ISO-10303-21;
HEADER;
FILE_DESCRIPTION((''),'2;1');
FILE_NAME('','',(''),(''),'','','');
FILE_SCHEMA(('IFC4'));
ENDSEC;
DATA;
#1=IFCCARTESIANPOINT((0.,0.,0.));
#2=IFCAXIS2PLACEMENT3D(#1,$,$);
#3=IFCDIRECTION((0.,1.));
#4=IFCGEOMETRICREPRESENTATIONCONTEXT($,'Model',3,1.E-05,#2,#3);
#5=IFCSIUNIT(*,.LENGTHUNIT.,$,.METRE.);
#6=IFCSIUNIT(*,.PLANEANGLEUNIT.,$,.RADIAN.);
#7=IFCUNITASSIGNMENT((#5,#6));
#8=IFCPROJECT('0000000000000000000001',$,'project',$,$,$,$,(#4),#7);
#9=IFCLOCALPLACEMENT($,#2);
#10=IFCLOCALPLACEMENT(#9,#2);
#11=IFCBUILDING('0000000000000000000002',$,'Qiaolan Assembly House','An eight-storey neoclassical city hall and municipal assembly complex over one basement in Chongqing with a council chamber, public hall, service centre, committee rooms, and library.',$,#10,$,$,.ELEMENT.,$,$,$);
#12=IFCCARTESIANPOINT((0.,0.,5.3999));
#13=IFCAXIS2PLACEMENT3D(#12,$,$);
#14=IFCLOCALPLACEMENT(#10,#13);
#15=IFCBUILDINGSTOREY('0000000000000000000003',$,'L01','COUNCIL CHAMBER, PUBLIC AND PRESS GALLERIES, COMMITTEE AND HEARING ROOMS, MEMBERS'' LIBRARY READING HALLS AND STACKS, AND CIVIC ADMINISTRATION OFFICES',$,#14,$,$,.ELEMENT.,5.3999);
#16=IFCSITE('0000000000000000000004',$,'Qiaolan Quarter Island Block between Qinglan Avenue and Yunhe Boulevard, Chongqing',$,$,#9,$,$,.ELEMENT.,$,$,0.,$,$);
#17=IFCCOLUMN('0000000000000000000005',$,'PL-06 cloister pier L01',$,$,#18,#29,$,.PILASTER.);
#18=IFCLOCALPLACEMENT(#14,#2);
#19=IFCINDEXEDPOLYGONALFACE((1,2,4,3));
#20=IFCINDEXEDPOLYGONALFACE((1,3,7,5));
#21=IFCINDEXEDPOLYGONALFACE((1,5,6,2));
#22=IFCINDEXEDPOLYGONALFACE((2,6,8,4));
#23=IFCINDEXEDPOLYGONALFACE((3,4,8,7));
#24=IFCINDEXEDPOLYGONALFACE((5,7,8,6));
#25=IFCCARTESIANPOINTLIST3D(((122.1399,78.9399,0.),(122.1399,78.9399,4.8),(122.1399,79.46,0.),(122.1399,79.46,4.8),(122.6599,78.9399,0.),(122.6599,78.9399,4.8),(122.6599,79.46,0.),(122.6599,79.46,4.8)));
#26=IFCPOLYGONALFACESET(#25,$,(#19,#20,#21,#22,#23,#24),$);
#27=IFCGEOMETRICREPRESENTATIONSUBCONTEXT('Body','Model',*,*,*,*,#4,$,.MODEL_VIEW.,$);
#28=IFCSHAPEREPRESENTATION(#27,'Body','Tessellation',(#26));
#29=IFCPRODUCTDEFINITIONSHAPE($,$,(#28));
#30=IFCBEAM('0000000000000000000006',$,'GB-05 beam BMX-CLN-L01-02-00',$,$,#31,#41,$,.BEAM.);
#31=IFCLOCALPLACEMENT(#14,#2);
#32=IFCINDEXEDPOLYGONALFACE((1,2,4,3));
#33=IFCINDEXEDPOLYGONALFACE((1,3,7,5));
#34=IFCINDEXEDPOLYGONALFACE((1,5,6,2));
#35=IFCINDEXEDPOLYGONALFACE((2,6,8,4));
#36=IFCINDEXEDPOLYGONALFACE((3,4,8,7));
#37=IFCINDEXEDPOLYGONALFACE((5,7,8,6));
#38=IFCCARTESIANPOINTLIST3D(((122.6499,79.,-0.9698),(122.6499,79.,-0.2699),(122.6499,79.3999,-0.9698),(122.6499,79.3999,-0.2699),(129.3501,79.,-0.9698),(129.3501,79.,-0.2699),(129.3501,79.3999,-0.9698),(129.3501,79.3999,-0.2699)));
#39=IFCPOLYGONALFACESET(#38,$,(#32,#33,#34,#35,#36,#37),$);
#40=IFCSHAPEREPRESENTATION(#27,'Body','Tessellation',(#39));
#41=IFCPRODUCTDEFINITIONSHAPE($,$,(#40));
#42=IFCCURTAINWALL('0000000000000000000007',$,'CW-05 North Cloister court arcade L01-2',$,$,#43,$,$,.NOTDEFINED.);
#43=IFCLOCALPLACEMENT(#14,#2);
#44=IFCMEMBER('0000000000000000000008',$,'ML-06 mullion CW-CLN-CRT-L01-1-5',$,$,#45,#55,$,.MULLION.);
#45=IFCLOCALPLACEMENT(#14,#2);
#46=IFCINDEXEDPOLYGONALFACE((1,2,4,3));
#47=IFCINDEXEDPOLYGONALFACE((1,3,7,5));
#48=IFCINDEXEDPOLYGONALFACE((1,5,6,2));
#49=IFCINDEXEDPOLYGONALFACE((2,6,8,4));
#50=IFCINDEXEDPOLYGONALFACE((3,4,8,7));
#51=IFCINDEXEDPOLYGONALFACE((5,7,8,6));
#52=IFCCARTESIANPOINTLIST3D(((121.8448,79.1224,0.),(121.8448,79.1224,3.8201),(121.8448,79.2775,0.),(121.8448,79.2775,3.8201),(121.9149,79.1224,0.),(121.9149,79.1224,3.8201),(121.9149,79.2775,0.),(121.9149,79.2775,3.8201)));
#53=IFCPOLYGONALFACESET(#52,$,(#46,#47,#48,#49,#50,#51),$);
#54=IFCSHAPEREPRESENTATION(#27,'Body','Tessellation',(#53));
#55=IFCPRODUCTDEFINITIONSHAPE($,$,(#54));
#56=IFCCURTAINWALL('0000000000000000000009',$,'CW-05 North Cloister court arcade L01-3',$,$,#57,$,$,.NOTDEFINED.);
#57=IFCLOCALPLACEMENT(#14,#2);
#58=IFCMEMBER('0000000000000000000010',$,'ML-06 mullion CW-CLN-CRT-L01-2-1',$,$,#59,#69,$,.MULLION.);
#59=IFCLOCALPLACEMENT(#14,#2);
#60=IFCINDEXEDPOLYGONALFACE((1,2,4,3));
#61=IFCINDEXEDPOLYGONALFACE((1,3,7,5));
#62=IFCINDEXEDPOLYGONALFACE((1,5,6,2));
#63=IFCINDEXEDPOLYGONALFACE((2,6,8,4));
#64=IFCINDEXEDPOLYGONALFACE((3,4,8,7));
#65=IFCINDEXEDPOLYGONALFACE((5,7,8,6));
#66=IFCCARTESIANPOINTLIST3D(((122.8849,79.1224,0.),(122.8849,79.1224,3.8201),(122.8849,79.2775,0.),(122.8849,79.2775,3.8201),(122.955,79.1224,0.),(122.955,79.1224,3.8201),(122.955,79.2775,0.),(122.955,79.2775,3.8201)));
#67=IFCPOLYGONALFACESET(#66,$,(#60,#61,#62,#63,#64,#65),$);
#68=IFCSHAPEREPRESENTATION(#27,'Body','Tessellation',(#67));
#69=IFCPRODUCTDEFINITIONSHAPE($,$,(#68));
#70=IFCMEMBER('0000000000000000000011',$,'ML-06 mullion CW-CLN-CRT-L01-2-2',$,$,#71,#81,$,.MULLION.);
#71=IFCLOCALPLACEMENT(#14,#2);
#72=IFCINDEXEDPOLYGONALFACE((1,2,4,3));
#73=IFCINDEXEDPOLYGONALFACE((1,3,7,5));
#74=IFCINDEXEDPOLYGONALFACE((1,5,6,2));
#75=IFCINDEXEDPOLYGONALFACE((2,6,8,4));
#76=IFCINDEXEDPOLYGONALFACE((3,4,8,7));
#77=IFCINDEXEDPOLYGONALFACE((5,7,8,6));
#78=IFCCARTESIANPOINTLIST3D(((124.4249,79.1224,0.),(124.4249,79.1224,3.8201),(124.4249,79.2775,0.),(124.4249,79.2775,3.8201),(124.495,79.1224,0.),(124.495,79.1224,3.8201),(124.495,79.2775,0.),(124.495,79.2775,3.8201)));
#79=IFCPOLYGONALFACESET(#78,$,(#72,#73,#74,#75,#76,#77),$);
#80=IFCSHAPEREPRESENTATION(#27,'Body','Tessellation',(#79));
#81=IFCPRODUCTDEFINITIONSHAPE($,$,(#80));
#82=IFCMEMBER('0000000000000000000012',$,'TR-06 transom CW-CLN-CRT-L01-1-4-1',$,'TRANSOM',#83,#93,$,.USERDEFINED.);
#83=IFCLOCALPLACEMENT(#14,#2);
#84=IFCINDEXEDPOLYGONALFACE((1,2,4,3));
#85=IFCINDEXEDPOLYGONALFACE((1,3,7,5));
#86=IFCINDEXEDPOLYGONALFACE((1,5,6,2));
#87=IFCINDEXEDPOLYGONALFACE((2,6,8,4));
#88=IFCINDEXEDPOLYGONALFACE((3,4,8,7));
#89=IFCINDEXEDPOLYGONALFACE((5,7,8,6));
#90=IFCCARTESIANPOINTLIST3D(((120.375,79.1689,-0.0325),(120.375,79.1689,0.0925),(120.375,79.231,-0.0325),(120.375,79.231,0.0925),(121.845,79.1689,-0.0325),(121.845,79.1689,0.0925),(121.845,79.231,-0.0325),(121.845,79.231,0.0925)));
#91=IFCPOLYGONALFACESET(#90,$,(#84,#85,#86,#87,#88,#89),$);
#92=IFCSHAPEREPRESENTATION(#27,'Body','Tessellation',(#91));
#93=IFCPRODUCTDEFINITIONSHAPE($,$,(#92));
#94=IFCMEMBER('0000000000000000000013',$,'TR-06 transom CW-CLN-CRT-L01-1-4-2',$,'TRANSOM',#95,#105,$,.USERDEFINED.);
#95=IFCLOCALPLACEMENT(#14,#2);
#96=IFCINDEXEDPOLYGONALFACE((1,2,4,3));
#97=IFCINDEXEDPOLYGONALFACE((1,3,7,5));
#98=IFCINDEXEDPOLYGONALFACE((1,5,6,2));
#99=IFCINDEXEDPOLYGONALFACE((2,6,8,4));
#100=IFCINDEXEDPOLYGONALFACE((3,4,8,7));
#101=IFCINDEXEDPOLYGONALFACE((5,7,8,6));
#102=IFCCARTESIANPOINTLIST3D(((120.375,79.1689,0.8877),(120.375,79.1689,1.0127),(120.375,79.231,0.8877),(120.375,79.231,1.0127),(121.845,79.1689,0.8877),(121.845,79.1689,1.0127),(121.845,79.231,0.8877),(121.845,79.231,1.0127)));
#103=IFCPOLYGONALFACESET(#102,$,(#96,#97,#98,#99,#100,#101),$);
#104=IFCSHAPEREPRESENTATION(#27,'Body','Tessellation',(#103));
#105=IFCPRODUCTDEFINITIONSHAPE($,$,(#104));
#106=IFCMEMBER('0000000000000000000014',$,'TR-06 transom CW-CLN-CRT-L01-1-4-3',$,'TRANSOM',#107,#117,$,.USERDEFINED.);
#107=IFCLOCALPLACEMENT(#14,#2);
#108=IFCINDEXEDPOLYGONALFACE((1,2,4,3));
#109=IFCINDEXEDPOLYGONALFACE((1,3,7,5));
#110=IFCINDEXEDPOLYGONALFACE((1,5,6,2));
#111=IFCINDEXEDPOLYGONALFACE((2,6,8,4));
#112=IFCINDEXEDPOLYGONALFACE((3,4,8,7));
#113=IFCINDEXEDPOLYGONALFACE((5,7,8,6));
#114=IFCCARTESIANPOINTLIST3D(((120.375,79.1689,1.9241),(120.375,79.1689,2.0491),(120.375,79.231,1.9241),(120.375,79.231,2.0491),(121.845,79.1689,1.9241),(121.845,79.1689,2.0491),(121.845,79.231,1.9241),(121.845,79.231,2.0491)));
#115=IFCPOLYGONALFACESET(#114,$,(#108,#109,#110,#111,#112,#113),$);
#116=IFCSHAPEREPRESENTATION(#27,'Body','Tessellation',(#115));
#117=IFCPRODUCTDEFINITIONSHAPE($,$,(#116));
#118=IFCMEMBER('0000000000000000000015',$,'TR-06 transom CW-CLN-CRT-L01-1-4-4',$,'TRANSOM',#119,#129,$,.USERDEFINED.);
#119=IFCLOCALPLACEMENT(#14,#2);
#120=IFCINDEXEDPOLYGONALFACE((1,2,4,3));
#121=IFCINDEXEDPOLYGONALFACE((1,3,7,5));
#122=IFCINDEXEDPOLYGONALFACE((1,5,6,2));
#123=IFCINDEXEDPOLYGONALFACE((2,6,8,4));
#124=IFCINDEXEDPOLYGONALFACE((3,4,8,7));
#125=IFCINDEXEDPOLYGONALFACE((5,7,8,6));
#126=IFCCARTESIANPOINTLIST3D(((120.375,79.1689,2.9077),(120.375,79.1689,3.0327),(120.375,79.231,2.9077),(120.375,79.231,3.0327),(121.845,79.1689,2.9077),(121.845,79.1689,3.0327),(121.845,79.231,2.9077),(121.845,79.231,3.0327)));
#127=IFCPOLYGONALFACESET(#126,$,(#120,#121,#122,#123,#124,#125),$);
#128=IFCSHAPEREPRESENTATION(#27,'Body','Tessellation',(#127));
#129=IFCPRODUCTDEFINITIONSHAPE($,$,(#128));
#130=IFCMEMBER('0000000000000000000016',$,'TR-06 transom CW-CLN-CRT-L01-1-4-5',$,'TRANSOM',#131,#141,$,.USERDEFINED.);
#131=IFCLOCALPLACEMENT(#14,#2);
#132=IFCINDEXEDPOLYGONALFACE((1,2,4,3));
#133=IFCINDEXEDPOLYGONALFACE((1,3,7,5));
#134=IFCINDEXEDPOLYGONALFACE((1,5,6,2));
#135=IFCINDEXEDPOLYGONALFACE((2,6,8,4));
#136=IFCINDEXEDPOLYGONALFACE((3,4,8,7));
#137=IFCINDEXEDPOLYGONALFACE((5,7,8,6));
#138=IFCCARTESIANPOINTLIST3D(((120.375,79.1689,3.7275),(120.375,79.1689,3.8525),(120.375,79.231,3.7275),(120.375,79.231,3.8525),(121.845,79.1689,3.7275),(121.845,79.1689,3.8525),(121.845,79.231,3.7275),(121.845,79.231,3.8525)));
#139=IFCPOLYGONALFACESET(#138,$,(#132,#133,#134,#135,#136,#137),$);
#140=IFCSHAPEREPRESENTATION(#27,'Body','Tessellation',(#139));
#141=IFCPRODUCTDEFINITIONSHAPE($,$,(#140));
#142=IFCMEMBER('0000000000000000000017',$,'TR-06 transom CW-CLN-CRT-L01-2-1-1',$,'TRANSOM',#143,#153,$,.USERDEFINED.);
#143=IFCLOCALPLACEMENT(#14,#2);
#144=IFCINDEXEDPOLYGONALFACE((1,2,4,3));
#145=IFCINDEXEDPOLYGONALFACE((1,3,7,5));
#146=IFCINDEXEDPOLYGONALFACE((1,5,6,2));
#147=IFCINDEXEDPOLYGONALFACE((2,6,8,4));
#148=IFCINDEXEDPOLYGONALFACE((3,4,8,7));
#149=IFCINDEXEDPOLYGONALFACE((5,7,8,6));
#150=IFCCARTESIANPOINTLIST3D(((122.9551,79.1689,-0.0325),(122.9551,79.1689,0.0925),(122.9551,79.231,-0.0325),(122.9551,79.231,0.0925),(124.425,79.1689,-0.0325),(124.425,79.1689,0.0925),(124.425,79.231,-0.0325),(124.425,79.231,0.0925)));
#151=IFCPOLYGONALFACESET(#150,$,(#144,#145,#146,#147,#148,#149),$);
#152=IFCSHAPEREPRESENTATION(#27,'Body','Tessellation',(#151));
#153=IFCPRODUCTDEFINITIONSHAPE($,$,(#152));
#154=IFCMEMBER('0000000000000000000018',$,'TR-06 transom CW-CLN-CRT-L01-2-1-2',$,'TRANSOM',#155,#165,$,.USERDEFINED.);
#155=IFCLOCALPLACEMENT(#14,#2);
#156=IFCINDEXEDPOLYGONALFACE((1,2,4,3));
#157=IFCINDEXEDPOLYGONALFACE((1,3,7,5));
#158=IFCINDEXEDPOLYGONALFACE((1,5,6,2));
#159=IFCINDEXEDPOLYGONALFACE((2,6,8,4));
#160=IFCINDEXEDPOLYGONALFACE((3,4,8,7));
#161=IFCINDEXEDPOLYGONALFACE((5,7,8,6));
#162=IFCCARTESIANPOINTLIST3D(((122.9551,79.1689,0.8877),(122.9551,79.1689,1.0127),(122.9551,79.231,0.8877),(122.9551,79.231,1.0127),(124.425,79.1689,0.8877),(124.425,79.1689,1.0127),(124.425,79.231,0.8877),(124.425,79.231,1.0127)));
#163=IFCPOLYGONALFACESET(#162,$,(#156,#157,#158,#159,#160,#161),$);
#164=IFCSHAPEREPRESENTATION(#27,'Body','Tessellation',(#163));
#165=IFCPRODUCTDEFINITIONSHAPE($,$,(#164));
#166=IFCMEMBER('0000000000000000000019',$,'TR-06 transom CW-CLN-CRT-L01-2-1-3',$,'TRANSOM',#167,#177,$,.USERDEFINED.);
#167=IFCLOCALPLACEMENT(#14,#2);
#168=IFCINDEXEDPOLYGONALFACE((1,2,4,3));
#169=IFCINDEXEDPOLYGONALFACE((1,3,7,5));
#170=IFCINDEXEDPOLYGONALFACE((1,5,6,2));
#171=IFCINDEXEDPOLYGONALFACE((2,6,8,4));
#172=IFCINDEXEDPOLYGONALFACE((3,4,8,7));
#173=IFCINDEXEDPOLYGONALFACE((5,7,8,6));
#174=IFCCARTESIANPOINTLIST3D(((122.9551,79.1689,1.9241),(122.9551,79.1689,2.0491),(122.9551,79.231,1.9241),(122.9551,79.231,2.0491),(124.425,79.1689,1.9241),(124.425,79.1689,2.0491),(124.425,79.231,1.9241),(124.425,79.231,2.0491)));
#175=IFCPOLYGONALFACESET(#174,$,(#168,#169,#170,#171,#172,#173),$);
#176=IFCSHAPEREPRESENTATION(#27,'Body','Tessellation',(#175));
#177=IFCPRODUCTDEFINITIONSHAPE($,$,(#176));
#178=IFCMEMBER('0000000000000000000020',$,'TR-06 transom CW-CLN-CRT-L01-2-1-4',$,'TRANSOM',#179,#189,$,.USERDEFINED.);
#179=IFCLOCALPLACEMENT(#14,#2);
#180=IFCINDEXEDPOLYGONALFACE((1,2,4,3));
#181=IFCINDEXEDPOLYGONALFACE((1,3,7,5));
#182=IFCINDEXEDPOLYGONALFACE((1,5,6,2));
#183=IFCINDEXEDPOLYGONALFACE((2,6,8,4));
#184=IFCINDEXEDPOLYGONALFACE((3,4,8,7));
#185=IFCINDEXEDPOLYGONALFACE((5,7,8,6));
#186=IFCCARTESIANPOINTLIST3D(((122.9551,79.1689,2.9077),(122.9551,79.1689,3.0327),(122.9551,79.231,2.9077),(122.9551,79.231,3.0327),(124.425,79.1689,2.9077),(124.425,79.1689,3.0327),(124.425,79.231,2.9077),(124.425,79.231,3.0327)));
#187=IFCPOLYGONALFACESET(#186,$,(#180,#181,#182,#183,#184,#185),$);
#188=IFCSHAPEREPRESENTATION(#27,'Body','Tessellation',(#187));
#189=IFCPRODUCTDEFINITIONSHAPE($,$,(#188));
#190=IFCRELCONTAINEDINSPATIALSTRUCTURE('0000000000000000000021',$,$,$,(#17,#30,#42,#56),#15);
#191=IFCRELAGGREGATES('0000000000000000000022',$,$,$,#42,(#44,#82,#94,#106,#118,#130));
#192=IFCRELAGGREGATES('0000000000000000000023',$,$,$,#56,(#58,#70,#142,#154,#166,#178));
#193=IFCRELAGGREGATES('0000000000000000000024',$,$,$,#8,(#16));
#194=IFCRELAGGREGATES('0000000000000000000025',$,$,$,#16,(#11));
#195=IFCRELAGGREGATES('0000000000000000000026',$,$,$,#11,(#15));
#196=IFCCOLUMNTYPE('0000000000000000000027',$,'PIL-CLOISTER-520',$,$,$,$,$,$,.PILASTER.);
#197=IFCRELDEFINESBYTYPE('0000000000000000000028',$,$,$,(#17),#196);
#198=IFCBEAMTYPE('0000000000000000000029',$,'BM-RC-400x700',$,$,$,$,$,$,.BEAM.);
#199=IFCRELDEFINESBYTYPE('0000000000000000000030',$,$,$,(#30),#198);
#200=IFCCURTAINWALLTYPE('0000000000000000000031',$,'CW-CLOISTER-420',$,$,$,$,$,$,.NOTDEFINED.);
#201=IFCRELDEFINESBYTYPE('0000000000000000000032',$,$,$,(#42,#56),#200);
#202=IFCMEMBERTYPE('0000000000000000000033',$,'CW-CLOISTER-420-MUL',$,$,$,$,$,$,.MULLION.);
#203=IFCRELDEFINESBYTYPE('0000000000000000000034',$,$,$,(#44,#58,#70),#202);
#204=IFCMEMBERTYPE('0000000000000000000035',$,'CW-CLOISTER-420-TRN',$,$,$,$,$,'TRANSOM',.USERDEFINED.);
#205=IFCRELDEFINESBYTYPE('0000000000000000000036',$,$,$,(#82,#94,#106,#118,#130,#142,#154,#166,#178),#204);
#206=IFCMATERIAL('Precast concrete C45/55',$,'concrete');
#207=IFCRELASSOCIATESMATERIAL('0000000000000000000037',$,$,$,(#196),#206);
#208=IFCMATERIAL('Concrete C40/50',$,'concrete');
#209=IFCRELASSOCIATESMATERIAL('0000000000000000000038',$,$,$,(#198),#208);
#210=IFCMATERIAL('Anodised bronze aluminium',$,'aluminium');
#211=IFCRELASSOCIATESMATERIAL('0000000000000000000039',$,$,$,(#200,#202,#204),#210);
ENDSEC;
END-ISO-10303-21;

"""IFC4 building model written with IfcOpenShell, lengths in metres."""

from ifc_helpers import new_model, si_unit, direction, frame, origin, origin_2d, place, context, subcontext, project, spatial, rectangle, extrude, material, material_profile, profile_set, type_object, element, aggregate, save


model = new_model("IFC4")

# Units and contexts
model_context = context("Model", 3, precision=1e-05, world=origin(), true_north=direction((0.0, 1.0)))
body_context = subcontext(model_context, "Body", "Model", "MODEL_VIEW")
ifc_project = project(units=[si_unit("LENGTHUNIT", "METRE"), si_unit("PLANEANGLEUNIT", "RADIAN")], contexts=[model_context])

# Site, building, storey
site_placement = place(None, origin())
site = spatial("IfcSite", under=ifc_project, at=site_placement, Name="Qiaolan Quarter Island Block between Qinglan Avenue and Yunhe Boulevard, Chongqing", CompositionType="ELEMENT", RefElevation=0.0)
building_placement = place(site_placement, origin())
building = spatial("IfcBuilding", under=site, at=building_placement, Name="Qiaolan Assembly House", Description="An eight-storey neoclassical city hall and municipal assembly complex over one basement in Chongqing with a council chamber, public hall, service centre, committee rooms, and library.", CompositionType="ELEMENT")
storey_placement = place(building_placement, frame((0.0, 0.0, 5.3999)))
storey = spatial("IfcBuildingStorey", under=building, at=storey_placement, Name="L01", Description="COUNCIL CHAMBER, PUBLIC AND PRESS GALLERIES, COMMITTEE AND HEARING ROOMS, MEMBERS' LIBRARY READING HALLS AND STACKS, AND CIVIC ADMINISTRATION OFFICES", CompositionType="ELEMENT", Elevation=5.3999)

# Column
ifc_material_1 = material(Name="Precast concrete C45/55", Category="concrete")
ifc_material_profile_1 = material_profile(ifc_material_1, rectangle(XDim=0.52, YDim=0.52, at=origin_2d()), Name="PIL 520x520")
ifc_profile_set_1 = profile_set([ifc_material_profile_1], Name="Precast concrete C45/55")
column_type = type_object("IfcColumnType", Name="PIL-CLOISTER-520", PredefinedType="PILASTER", material=ifc_profile_set_1)
column_placement = place(storey_placement, frame((122.3999, 79.2, 0.0), z_axis=(0.0, 0.0, 1.0), x_axis=(1.0, 0.0, 0.0)))
element("IfcColumn", 1, at=column_placement, inside=storey, type_object=column_type, Name="PL-06 cloister pier L01", PredefinedType="PILASTER", context=body_context, shape_type="SweptSolid", body=[
    extrude(rectangle(XDim=0.52, YDim=0.52, at=origin_2d()), origin(), (0.0, 0.0, 1.0), 4.8),
])

# Beam
ifc_material_2 = material(Name="Concrete C40/50", Category="concrete")
ifc_material_profile_2 = material_profile(ifc_material_2, rectangle(XDim=0.3999, YDim=0.7, at=origin_2d()), Name="RCB 400x700")
ifc_profile_set_2 = profile_set([ifc_material_profile_2], Name="Concrete C40/50")
beam_type = type_object("IfcBeamType", Name="BM-RC-400x700", PredefinedType="BEAM", material=ifc_profile_set_2)
beam_placement = place(storey_placement, frame((122.6499, 79.2, -0.6199), z_axis=(1.0, 0.0, 0.0), x_axis=(0.0, 1.0, 0.0)))
element("IfcBeam", 2, at=beam_placement, inside=storey, type_object=beam_type, Name="GB-05 beam BMX-CLN-L01-02-00", PredefinedType="BEAM", context=body_context, shape_type="SweptSolid", body=[
    extrude(rectangle(XDim=0.3999, YDim=0.7, at=origin_2d()), origin(), (0.0, 0.0, 1.0), 6.7002),
])

# Curtain wall, member
ifc_material_3 = material(Name="Anodised bronze aluminium", Category="aluminium")
curtain_wall_type = type_object("IfcCurtainWallType", Name="CW-CLOISTER-420", PredefinedType="NOTDEFINED", material=ifc_material_3)
curtain_wall_1_placement = place(storey_placement, origin())
curtain_wall_1 = element("IfcCurtainWall", 3, at=curtain_wall_1_placement, inside=storey, type_object=curtain_wall_type, Name="CW-05 North Cloister court arcade L01-2", PredefinedType="NOTDEFINED")
ifc_material_profile_3 = material_profile(ifc_material_3, rectangle(XDim=0.0701, YDim=0.155, at=origin_2d()), Name="MUL 70x155")
ifc_profile_set_3 = profile_set([ifc_material_profile_3], Name="Anodised bronze aluminium")
member_type_1 = type_object("IfcMemberType", Name="CW-CLOISTER-420-MUL", PredefinedType="MULLION", material=ifc_profile_set_3)
member_1_placement = place(storey_placement, frame((121.8799, 79.2, 0.0), z_axis=(0.0, 0.0, 1.0), x_axis=(1.0, 0.0, 0.0)))
member_1 = element("IfcMember", 4, at=member_1_placement, type_object=member_type_1, Name="ML-06 mullion CW-CLN-CRT-L01-1-5", PredefinedType="MULLION", context=body_context, shape_type="SweptSolid", body=[
    extrude(rectangle(XDim=0.0701, YDim=0.155, at=origin_2d()), origin(), (0.0, 0.0, 1.0), 3.8201),
])

# Curtain wall, members
curtain_wall_2_placement = place(storey_placement, origin())
curtain_wall_2 = element("IfcCurtainWall", 5, at=curtain_wall_2_placement, inside=storey, type_object=curtain_wall_type, Name="CW-05 North Cloister court arcade L01-3", PredefinedType="NOTDEFINED")
member_2_placement = place(storey_placement, frame((122.9199, 79.2, 0.0), z_axis=(0.0, 0.0, 1.0), x_axis=(1.0, 0.0, 0.0)))
member_2 = element("IfcMember", 6, at=member_2_placement, type_object=member_type_1, Name="ML-06 mullion CW-CLN-CRT-L01-2-1", PredefinedType="MULLION", context=body_context, shape_type="SweptSolid", body=[
    extrude(rectangle(XDim=0.0701, YDim=0.155, at=origin_2d()), origin(), (0.0, 0.0, 1.0), 3.8201),
])
member_3_placement = place(storey_placement, frame((124.46, 79.2, 0.0), z_axis=(0.0, 0.0, 1.0), x_axis=(1.0, 0.0, 0.0)))
member_3 = element("IfcMember", 7, at=member_3_placement, type_object=member_type_1, Name="ML-06 mullion CW-CLN-CRT-L01-2-2", PredefinedType="MULLION", context=body_context, shape_type="SweptSolid", body=[
    extrude(rectangle(XDim=0.0701, YDim=0.155, at=origin_2d()), origin(), (0.0, 0.0, 1.0), 3.8201),
])

# Members
ifc_material_profile_4 = material_profile(ifc_material_3, rectangle(XDim=0.062, YDim=0.125, at=origin_2d()), Name="TRN 62x125")
ifc_profile_set_4 = profile_set([ifc_material_profile_4], Name="Anodised bronze aluminium")
member_type_2 = type_object("IfcMemberType", Name="CW-CLOISTER-420-TRN", ElementType="TRANSOM", PredefinedType="USERDEFINED", material=ifc_profile_set_4)
member_4_placement = place(storey_placement, frame((120.375, 79.2, 0.03), z_axis=(1.0, 0.0, 0.0), x_axis=(0.0, 1.0, 0.0)))
member_4 = element("IfcMember", 8, at=member_4_placement, type_object=member_type_2, Name="TR-06 transom CW-CLN-CRT-L01-1-4-1", ObjectType="TRANSOM", PredefinedType="USERDEFINED", context=body_context, shape_type="SweptSolid", body=[
    extrude(rectangle(XDim=0.062, YDim=0.125, at=origin_2d()), origin(), (0.0, 0.0, 1.0), 1.47),
])
member_5_placement = place(storey_placement, frame((120.375, 79.2, 0.9502), z_axis=(1.0, 0.0, 0.0), x_axis=(0.0, 1.0, 0.0)))
member_5 = element("IfcMember", 9, at=member_5_placement, type_object=member_type_2, Name="TR-06 transom CW-CLN-CRT-L01-1-4-2", ObjectType="TRANSOM", PredefinedType="USERDEFINED", context=body_context, shape_type="SweptSolid", body=[
    extrude(rectangle(XDim=0.062, YDim=0.125, at=origin_2d()), origin(), (0.0, 0.0, 1.0), 1.47),
])
member_6_placement = place(storey_placement, frame((120.375, 79.2, 1.9866), z_axis=(1.0, 0.0, 0.0), x_axis=(0.0, 1.0, 0.0)))
member_6 = element("IfcMember", 10, at=member_6_placement, type_object=member_type_2, Name="TR-06 transom CW-CLN-CRT-L01-1-4-3", ObjectType="TRANSOM", PredefinedType="USERDEFINED", context=body_context, shape_type="SweptSolid", body=[
    extrude(rectangle(XDim=0.062, YDim=0.125, at=origin_2d()), origin(), (0.0, 0.0, 1.0), 1.47),
])
member_7_placement = place(storey_placement, frame((120.375, 79.2, 2.9702), z_axis=(1.0, 0.0, 0.0), x_axis=(0.0, 1.0, 0.0)))
member_7 = element("IfcMember", 11, at=member_7_placement, type_object=member_type_2, Name="TR-06 transom CW-CLN-CRT-L01-1-4-4", ObjectType="TRANSOM", PredefinedType="USERDEFINED", context=body_context, shape_type="SweptSolid", body=[
    extrude(rectangle(XDim=0.062, YDim=0.125, at=origin_2d()), origin(), (0.0, 0.0, 1.0), 1.47),
])
member_8_placement = place(storey_placement, frame((120.375, 79.2, 3.79), z_axis=(1.0, 0.0, 0.0), x_axis=(0.0, 1.0, 0.0)))
member_8 = element("IfcMember", 12, at=member_8_placement, type_object=member_type_2, Name="TR-06 transom CW-CLN-CRT-L01-1-4-5", ObjectType="TRANSOM", PredefinedType="USERDEFINED", context=body_context, shape_type="SweptSolid", body=[
    extrude(rectangle(XDim=0.062, YDim=0.125, at=origin_2d()), origin(), (0.0, 0.0, 1.0), 1.47),
])
member_9_placement = place(storey_placement, frame((122.9551, 79.2, 0.03), z_axis=(1.0, 0.0, 0.0), x_axis=(0.0, 1.0, 0.0)))
member_9 = element("IfcMember", 13, at=member_9_placement, type_object=member_type_2, Name="TR-06 transom CW-CLN-CRT-L01-2-1-1", ObjectType="TRANSOM", PredefinedType="USERDEFINED", context=body_context, shape_type="SweptSolid", body=[
    extrude(rectangle(XDim=0.062, YDim=0.125, at=origin_2d()), origin(), (0.0, 0.0, 1.0), 1.47),
])
member_10_placement = place(storey_placement, frame((122.9551, 79.2, 0.9502), z_axis=(1.0, 0.0, 0.0), x_axis=(0.0, 1.0, 0.0)))
member_10 = element("IfcMember", 14, at=member_10_placement, type_object=member_type_2, Name="TR-06 transom CW-CLN-CRT-L01-2-1-2", ObjectType="TRANSOM", PredefinedType="USERDEFINED", context=body_context, shape_type="SweptSolid", body=[
    extrude(rectangle(XDim=0.062, YDim=0.125, at=origin_2d()), origin(), (0.0, 0.0, 1.0), 1.47),
])
member_11_placement = place(storey_placement, frame((122.9551, 79.2, 1.9866), z_axis=(1.0, 0.0, 0.0), x_axis=(0.0, 1.0, 0.0)))
member_11 = element("IfcMember", 15, at=member_11_placement, type_object=member_type_2, Name="TR-06 transom CW-CLN-CRT-L01-2-1-3", ObjectType="TRANSOM", PredefinedType="USERDEFINED", context=body_context, shape_type="SweptSolid", body=[
    extrude(rectangle(XDim=0.062, YDim=0.125, at=origin_2d()), origin(), (0.0, 0.0, 1.0), 1.47),
])
member_12_placement = place(storey_placement, frame((122.9551, 79.2, 2.9702), z_axis=(1.0, 0.0, 0.0), x_axis=(0.0, 1.0, 0.0)))
member_12 = element("IfcMember", 16, at=member_12_placement, type_object=member_type_2, Name="TR-06 transom CW-CLN-CRT-L01-2-1-4", ObjectType="TRANSOM", PredefinedType="USERDEFINED", context=body_context, shape_type="SweptSolid", body=[
    extrude(rectangle(XDim=0.062, YDim=0.125, at=origin_2d()), origin(), (0.0, 0.0, 1.0), 1.47),
])

aggregate(curtain_wall_1, [member_1, member_4, member_5, member_6, member_7, member_8])
aggregate(curtain_wall_2, [member_2, member_3, member_9, member_10, member_11, member_12])

save(model, "model.ifc")
